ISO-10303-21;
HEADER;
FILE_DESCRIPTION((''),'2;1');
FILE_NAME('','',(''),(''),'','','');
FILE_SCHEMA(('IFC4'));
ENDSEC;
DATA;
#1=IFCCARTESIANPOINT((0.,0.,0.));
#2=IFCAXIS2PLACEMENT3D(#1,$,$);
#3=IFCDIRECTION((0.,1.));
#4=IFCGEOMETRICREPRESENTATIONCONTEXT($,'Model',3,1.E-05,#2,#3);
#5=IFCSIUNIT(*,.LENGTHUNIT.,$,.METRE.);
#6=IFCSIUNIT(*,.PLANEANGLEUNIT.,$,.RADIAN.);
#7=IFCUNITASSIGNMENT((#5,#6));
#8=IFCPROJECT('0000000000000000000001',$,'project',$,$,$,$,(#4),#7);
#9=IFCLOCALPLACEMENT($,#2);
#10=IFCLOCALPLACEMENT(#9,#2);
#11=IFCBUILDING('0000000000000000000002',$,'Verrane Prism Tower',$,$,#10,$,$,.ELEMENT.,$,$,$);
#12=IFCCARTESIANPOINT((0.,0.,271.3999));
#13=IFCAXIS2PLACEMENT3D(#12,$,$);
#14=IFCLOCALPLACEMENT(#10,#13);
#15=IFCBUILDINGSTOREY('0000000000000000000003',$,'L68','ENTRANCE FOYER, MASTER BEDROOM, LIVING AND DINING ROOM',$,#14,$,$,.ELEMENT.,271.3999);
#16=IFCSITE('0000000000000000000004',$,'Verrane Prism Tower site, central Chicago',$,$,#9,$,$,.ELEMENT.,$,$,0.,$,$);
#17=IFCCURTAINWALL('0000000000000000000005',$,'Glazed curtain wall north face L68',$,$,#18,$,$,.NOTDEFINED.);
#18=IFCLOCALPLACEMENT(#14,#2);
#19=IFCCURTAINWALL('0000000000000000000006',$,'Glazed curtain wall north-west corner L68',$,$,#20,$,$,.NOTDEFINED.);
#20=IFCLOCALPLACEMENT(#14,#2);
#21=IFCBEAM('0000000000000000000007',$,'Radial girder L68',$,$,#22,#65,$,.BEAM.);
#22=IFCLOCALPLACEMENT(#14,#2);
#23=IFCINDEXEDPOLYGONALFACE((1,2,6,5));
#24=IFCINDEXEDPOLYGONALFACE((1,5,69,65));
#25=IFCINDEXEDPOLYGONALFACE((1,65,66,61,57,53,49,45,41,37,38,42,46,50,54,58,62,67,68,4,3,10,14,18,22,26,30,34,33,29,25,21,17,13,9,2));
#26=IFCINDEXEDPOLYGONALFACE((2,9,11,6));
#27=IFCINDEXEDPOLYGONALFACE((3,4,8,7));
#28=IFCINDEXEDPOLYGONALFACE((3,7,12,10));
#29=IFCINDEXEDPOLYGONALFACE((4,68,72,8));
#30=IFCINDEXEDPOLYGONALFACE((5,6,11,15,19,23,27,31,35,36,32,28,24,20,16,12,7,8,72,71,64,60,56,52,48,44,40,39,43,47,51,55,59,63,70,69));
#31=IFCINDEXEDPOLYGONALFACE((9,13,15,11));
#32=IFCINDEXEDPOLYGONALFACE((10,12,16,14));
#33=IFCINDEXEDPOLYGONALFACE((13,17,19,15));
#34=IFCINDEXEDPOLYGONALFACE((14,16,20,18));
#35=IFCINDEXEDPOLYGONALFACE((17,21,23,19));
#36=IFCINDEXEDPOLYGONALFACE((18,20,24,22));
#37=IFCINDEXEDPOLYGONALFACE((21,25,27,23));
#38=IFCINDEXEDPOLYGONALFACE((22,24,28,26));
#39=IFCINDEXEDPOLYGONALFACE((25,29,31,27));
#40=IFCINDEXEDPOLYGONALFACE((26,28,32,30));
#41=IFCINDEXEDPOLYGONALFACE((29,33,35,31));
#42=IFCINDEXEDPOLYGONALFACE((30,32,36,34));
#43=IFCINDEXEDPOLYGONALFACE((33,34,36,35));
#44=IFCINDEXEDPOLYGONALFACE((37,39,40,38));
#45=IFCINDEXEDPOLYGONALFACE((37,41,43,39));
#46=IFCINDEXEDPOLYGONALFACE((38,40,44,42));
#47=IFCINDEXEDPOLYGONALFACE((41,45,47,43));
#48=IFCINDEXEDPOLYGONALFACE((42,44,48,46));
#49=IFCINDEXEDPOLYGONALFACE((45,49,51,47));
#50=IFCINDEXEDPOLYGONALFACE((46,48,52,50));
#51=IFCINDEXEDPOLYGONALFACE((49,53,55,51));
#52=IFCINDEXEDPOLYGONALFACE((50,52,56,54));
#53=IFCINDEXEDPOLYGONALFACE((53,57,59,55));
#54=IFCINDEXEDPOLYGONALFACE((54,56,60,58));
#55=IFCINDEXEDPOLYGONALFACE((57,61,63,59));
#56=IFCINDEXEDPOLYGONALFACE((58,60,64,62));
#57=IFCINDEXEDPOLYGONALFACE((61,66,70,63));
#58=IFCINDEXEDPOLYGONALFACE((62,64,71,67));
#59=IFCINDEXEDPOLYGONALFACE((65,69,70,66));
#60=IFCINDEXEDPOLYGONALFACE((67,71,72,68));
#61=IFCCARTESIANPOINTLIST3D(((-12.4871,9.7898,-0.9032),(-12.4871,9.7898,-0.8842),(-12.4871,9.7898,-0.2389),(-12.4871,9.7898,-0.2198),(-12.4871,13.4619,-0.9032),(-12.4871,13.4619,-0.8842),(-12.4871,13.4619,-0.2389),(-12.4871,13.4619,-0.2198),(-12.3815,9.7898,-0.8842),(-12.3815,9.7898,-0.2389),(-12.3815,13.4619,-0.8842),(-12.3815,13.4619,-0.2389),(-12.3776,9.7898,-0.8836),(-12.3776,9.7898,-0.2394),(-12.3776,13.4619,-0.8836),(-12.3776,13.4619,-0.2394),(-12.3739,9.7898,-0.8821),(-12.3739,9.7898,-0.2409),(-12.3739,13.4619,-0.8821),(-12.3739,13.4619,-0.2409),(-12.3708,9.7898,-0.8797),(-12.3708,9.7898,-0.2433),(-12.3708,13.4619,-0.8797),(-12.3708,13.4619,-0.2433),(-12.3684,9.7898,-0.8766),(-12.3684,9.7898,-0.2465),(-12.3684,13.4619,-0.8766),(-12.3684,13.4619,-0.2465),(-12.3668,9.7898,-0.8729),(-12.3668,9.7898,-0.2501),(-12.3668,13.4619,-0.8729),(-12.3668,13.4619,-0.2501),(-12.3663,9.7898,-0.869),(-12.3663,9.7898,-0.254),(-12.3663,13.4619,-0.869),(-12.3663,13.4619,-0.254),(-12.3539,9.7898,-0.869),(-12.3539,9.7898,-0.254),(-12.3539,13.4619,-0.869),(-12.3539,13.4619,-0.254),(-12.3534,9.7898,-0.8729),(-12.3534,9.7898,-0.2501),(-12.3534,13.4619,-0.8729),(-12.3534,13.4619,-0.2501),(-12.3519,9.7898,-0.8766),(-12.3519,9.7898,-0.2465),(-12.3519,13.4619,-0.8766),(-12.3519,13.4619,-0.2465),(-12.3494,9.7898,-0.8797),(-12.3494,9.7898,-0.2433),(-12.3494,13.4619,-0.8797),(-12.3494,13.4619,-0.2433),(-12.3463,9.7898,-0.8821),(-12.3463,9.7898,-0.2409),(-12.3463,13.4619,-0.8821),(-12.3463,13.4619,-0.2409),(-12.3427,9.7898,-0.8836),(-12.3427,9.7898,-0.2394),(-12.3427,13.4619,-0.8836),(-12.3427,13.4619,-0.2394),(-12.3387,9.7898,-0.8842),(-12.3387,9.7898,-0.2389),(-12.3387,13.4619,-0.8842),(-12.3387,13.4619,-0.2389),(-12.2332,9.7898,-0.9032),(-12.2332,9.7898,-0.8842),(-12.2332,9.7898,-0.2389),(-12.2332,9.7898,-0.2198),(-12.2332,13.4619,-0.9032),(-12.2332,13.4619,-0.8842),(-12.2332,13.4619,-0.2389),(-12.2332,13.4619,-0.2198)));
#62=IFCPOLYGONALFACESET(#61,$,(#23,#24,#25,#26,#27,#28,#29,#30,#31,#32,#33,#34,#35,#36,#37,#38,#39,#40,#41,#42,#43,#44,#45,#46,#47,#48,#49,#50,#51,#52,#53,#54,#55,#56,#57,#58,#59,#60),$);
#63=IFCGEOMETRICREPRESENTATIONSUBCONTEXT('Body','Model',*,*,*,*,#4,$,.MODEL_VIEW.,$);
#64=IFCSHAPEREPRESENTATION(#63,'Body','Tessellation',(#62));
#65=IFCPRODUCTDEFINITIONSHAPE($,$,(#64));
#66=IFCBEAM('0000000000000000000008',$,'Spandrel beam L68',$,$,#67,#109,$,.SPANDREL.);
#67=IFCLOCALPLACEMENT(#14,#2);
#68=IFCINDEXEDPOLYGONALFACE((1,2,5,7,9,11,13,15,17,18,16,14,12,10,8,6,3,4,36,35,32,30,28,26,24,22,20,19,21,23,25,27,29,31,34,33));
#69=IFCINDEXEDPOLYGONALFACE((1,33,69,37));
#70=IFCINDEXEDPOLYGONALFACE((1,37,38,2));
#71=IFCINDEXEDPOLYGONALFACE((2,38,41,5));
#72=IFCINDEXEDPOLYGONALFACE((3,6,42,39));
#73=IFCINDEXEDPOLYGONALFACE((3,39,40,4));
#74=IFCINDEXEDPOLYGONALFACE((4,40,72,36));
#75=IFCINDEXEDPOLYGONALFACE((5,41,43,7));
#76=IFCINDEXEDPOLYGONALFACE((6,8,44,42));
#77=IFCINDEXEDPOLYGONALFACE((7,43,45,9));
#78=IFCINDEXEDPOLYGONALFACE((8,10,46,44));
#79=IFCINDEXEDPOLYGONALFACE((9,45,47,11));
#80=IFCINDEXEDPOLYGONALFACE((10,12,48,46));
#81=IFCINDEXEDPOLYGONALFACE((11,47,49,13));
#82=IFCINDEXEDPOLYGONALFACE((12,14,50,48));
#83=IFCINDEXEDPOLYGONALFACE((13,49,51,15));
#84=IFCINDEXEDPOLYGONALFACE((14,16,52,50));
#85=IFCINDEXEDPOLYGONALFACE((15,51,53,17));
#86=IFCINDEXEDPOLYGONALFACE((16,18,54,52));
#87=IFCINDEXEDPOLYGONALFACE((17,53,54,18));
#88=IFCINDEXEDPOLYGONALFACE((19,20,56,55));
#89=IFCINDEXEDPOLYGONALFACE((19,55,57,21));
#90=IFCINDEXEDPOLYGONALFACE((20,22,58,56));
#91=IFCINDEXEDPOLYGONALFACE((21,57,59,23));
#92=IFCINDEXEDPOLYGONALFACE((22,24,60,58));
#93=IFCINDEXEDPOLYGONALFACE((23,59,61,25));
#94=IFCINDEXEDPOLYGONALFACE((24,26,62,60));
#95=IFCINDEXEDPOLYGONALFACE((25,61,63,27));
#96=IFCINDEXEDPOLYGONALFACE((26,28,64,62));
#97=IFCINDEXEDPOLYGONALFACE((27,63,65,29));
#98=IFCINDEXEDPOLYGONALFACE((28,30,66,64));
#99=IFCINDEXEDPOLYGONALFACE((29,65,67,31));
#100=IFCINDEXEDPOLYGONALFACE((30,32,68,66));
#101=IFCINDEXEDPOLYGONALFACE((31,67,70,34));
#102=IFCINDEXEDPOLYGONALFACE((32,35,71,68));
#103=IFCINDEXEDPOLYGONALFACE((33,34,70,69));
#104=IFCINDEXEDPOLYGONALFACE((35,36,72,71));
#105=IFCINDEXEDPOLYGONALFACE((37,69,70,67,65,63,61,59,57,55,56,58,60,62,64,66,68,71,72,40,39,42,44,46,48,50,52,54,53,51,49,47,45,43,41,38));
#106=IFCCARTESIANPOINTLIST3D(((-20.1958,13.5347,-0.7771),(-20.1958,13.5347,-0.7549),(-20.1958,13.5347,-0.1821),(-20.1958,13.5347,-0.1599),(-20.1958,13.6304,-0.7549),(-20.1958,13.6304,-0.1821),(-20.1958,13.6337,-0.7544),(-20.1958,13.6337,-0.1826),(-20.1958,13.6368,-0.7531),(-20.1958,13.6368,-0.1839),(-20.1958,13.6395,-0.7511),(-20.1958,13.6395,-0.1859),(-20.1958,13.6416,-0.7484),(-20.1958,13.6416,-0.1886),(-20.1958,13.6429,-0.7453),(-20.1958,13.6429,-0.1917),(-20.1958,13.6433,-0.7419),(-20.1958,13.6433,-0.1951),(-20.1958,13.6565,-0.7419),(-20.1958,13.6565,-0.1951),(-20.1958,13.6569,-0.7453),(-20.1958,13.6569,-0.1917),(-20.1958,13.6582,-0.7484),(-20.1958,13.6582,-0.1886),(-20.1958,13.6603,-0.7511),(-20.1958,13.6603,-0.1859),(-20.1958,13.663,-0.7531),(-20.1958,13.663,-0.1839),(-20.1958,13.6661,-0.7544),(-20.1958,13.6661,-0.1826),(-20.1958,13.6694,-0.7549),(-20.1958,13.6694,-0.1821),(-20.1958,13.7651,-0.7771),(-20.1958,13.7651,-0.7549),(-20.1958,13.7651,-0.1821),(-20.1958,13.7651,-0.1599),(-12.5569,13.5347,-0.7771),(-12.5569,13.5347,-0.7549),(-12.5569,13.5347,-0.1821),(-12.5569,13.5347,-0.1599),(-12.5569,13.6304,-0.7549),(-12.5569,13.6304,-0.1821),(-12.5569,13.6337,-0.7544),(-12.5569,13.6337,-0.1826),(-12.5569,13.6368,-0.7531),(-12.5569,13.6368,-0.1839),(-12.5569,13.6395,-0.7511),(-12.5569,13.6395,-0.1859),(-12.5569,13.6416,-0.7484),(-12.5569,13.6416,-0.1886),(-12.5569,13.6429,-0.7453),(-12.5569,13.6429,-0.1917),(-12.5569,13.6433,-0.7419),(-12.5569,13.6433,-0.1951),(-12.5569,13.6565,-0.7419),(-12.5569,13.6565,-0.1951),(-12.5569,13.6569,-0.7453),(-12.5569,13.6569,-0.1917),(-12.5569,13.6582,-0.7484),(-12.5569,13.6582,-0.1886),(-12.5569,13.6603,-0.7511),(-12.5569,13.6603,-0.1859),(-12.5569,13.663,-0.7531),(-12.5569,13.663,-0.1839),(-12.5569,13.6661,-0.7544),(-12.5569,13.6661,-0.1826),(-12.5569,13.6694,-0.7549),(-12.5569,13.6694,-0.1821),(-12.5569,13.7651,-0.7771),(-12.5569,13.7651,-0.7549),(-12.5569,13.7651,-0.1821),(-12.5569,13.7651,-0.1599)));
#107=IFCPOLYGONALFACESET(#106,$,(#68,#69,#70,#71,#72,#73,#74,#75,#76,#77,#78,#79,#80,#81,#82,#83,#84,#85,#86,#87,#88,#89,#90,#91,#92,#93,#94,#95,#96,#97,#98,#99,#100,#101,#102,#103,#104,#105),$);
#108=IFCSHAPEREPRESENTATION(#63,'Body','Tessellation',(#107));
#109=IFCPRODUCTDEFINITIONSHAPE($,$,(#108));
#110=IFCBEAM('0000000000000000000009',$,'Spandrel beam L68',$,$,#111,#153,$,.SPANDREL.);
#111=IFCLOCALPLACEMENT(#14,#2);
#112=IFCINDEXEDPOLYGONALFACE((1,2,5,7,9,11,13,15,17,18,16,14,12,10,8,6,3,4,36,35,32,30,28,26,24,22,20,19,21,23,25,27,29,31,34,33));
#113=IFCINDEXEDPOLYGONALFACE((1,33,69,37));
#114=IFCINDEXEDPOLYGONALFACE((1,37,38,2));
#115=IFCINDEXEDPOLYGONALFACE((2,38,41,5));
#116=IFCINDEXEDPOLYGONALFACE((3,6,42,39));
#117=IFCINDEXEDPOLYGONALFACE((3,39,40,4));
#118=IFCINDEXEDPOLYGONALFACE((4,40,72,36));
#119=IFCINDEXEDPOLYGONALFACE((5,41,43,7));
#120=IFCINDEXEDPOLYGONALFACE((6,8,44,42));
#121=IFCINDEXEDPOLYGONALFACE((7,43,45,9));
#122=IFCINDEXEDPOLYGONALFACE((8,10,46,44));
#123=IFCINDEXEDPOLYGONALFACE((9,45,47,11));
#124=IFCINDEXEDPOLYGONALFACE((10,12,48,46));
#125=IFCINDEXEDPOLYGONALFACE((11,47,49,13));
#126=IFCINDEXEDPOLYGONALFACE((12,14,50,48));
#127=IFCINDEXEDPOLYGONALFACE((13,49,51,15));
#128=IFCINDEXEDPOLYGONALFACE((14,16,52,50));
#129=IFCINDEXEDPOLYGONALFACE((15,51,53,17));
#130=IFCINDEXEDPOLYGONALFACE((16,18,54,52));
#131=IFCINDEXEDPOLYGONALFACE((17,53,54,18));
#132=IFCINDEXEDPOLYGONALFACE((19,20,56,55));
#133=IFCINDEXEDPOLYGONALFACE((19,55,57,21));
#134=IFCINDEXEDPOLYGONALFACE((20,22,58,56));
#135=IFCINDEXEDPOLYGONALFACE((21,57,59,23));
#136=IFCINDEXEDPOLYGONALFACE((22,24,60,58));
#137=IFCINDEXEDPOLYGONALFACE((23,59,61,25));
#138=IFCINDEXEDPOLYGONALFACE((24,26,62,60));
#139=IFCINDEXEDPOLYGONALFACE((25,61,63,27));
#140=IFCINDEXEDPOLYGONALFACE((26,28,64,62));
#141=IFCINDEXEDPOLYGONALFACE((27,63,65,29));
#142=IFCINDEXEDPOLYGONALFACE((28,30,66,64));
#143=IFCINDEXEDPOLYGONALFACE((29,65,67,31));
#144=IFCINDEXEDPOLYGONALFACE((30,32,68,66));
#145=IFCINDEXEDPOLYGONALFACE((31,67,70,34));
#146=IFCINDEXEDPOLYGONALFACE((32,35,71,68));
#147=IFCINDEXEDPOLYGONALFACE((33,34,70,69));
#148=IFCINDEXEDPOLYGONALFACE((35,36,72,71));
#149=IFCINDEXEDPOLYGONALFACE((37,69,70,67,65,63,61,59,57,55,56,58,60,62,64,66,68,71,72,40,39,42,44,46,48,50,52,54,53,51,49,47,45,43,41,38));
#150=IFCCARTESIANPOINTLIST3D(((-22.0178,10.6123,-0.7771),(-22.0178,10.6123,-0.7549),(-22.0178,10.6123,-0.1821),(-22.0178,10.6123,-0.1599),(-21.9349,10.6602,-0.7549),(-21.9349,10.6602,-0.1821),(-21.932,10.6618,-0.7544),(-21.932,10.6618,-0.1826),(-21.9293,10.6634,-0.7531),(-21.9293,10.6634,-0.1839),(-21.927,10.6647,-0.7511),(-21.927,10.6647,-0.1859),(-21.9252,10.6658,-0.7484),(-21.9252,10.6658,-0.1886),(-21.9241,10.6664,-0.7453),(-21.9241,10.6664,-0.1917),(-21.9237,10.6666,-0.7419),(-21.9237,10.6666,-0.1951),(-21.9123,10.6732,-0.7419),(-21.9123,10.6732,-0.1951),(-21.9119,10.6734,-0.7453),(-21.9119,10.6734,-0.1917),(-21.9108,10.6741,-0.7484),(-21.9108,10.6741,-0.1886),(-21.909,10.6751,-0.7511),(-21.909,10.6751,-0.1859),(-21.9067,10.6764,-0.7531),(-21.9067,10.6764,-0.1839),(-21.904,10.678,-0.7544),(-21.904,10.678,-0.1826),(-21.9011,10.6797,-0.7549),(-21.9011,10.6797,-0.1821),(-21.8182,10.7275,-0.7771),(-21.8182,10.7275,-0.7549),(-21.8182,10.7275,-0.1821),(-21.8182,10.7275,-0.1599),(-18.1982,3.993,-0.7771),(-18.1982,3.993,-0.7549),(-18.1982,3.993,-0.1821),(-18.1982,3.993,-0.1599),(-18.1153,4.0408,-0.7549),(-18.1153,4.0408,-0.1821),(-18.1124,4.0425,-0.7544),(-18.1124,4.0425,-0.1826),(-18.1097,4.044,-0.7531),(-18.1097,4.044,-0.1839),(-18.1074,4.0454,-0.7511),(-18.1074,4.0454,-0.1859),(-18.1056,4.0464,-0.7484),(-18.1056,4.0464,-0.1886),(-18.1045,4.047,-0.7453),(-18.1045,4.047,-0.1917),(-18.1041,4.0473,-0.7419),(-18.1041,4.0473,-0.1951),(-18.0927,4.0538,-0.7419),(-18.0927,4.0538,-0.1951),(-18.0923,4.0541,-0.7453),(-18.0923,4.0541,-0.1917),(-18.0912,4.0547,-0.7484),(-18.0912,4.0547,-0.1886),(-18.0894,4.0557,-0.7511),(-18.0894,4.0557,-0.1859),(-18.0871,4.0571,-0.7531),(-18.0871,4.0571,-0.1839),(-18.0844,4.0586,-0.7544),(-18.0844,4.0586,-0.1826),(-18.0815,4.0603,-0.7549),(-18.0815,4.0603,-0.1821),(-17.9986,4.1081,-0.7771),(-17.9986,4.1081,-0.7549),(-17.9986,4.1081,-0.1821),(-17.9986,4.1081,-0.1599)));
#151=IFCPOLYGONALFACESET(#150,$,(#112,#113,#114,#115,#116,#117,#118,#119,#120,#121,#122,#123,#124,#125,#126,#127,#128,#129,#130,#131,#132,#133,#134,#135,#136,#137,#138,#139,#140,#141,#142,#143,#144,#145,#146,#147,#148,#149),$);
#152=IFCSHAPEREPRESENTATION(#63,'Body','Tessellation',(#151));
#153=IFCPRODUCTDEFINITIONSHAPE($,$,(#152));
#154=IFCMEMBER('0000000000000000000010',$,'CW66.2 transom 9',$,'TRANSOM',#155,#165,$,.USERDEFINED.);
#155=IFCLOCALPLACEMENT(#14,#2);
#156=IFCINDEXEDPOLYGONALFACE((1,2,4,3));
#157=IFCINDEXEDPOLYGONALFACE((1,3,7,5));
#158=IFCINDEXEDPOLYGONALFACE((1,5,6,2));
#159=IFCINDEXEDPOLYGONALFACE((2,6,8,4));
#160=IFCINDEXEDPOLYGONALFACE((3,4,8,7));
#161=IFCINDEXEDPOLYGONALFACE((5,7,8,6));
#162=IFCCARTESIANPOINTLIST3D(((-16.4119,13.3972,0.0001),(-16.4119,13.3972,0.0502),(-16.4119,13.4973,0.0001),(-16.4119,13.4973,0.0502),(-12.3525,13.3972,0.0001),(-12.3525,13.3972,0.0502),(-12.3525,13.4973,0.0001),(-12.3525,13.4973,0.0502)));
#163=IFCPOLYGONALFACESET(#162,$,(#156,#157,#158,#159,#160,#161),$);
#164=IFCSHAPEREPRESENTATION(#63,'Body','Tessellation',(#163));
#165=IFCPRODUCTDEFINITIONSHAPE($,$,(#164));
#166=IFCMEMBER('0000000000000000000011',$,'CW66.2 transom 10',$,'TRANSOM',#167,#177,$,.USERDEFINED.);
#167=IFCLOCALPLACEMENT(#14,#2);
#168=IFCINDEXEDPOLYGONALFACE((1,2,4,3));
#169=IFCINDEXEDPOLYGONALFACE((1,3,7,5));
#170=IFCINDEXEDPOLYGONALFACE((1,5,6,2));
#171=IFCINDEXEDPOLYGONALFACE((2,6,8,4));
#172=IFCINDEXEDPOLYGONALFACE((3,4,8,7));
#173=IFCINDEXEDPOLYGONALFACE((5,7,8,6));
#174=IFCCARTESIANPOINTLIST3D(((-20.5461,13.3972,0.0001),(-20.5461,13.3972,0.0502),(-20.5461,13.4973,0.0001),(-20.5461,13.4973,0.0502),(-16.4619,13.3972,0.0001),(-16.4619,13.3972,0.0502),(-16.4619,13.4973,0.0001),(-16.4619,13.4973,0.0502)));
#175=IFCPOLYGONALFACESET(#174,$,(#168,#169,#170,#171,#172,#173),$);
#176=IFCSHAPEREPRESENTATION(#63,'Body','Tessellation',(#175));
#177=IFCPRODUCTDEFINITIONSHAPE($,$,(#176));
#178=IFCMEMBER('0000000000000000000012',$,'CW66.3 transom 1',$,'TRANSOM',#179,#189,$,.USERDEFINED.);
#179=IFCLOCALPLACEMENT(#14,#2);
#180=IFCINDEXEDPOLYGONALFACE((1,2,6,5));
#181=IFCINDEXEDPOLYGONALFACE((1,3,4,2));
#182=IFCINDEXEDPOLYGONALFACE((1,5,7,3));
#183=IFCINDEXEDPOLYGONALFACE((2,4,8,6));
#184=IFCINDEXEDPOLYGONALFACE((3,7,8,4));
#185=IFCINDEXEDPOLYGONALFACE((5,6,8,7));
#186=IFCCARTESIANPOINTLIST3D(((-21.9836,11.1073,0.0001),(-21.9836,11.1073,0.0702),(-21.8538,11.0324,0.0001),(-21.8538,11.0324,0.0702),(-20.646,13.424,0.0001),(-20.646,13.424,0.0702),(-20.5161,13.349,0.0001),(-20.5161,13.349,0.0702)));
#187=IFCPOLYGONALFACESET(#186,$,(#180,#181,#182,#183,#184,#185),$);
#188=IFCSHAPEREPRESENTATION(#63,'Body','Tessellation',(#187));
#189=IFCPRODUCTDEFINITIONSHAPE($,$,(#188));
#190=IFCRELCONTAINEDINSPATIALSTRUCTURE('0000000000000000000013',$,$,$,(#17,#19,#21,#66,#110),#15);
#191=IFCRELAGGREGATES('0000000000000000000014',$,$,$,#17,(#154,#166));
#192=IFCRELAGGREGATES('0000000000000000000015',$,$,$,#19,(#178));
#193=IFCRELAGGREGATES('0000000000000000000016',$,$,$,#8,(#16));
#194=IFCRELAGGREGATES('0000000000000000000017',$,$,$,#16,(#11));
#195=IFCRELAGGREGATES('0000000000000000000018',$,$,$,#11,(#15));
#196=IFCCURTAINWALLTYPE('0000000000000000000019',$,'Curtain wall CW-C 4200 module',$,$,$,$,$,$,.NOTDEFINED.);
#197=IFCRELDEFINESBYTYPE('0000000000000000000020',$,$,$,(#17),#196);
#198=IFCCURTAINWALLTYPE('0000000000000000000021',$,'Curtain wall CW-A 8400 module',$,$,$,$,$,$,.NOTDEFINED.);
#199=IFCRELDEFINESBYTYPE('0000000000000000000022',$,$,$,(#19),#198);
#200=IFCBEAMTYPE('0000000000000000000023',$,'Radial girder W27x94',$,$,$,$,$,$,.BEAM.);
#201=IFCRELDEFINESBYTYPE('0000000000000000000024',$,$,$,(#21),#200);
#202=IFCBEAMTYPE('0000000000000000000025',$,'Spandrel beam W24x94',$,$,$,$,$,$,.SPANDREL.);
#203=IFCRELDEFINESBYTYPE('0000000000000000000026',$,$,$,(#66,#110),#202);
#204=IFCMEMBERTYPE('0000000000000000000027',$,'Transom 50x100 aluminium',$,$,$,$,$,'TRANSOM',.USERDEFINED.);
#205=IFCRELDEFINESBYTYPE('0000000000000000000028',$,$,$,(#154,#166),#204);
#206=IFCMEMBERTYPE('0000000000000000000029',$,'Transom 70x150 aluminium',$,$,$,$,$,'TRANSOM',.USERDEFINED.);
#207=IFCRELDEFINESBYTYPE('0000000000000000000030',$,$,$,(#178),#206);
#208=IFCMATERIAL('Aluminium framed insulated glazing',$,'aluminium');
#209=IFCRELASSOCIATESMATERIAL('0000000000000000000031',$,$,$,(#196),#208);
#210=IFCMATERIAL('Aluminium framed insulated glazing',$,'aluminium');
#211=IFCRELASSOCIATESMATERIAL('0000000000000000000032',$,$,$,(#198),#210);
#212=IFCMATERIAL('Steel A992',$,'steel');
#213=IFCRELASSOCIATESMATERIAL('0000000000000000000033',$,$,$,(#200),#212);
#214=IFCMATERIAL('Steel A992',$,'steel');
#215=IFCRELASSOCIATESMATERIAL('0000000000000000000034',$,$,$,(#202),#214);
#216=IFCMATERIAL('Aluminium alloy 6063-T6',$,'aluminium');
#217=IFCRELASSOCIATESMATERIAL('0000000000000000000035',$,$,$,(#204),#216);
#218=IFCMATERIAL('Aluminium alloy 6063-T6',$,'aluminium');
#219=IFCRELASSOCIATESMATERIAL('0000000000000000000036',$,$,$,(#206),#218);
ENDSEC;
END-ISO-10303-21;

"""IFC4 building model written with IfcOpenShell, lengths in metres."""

from ifc_helpers import new_model, si_unit, direction, frame, origin, origin_2d, place, context, subcontext, project, spatial, rectangle, i_section, extrude, material, material_profile, profile_set, type_object, element, aggregate, save


model = new_model("IFC4")

# Units and contexts
model_context = context("Model", 3, precision=1e-05, world=origin(), true_north=direction((0.0, 1.0)))
body_context = subcontext(model_context, "Body", "Model", "MODEL_VIEW")
ifc_project = project(units=[si_unit("LENGTHUNIT", "METRE"), si_unit("PLANEANGLEUNIT", "RADIAN")], contexts=[model_context])

# Site, building, storey
site_placement = place(None, origin())
site = spatial("IfcSite", under=ifc_project, at=site_placement, Name="Verrane Prism Tower site, central Chicago", CompositionType="ELEMENT", RefElevation=0.0)
building_placement = place(site_placement, origin())
building = spatial("IfcBuilding", under=site, at=building_placement, Name="Verrane Prism Tower", CompositionType="ELEMENT")
storey_placement = place(building_placement, frame((0.0, 0.0, 271.3999)))
storey = spatial("IfcBuildingStorey", under=building, at=storey_placement, Name="L68", Description="ENTRANCE FOYER, MASTER BEDROOM, LIVING AND DINING ROOM", CompositionType="ELEMENT", Elevation=271.3999)

# Curtain walls
ifc_material_1 = material(Name="Aluminium framed insulated glazing", Category="aluminium")
curtain_wall_type_1 = type_object("IfcCurtainWallType", Name="Curtain wall CW-C 4200 module", PredefinedType="NOTDEFINED", material=ifc_material_1)
curtain_wall_1_placement = place(storey_placement, origin())
curtain_wall_1 = element("IfcCurtainWall", 1, at=curtain_wall_1_placement, inside=storey, type_object=curtain_wall_type_1, Name="Glazed curtain wall north face L68", PredefinedType="NOTDEFINED")
ifc_material_2 = material(Name="Aluminium framed insulated glazing", Category="aluminium")
curtain_wall_type_2 = type_object("IfcCurtainWallType", Name="Curtain wall CW-A 8400 module", PredefinedType="NOTDEFINED", material=ifc_material_2)
curtain_wall_2_placement = place(storey_placement, origin())
curtain_wall_2 = element("IfcCurtainWall", 2, at=curtain_wall_2_placement, inside=storey, type_object=curtain_wall_type_2, Name="Glazed curtain wall north-west corner L68", PredefinedType="NOTDEFINED")

# Beams
ifc_material_3 = material(Name="Steel A992", Category="steel")
ifc_material_profile_1 = material_profile(ifc_material_3, i_section(OverallWidth=0.2539, OverallDepth=0.6833, WebThickness=0.0125, FlangeThickness=0.019, FilletRadius=0.0151, at=origin_2d()), Name="W27x94")
ifc_profile_set_1 = profile_set([ifc_material_profile_1], Name="Steel A992")
beam_type_1 = type_object("IfcBeamType", Name="Radial girder W27x94", PredefinedType="BEAM", material=ifc_profile_set_1)
beam_1_placement = place(storey_placement, frame((-12.3601, 13.4619, -0.5615), z_axis=(0.0, -1.0, 0.0), x_axis=(1.0, 0.0, 0.0)))
element("IfcBeam", 3, at=beam_1_placement, inside=storey, type_object=beam_type_1, Name="Radial girder L68", PredefinedType="BEAM", context=body_context, shape_type="SweptSolid", body=[
    extrude(i_section(OverallWidth=0.2539, OverallDepth=0.6833, WebThickness=0.0125, FlangeThickness=0.019, FilletRadius=0.0151, at=origin_2d()), origin(), (0.0, 0.0, 1.0), 3.6721),
])
ifc_material_4 = material(Name="Steel A992", Category="steel")
ifc_material_profile_2 = material_profile(ifc_material_4, i_section(OverallWidth=0.2305, OverallDepth=0.6172, WebThickness=0.0132, FlangeThickness=0.0222, FilletRadius=0.0129, at=origin_2d()), Name="W24x94")
ifc_profile_set_2 = profile_set([ifc_material_profile_2], Name="Steel A992")
beam_type_2 = type_object("IfcBeamType", Name="Spandrel beam W24x94", PredefinedType="SPANDREL", material=ifc_profile_set_2)
beam_2_placement = place(storey_placement, frame((-12.5569, 13.6499, -0.4685), z_axis=(-1.0, 0.0, 0.0), x_axis=(0.0, -1.0, 0.0)))
element("IfcBeam", 4, at=beam_2_placement, inside=storey, type_object=beam_type_2, Name="Spandrel beam L68", PredefinedType="SPANDREL", context=body_context, shape_type="SweptSolid", body=[
    extrude(i_section(OverallWidth=0.2305, OverallDepth=0.6172, WebThickness=0.0132, FlangeThickness=0.0222, FilletRadius=0.0129, at=origin_2d()), origin(), (0.0, 0.0, 1.0), 7.6389),
])
beam_3_placement = place(storey_placement, frame((-21.918, 10.6699, -0.4685), z_axis=(0.499792, -0.866146, 0.0), x_axis=(0.866146, 0.499792, 0.0)))
element("IfcBeam", 5, at=beam_3_placement, inside=storey, type_object=beam_type_2, Name="Spandrel beam L68", PredefinedType="SPANDREL", context=body_context, shape_type="SweptSolid", body=[
    extrude(i_section(OverallWidth=0.2305, OverallDepth=0.6172, WebThickness=0.0132, FlangeThickness=0.0222, FilletRadius=0.0129, at=origin_2d()), origin(), (0.0, 0.0, 1.0), 7.6423),
])

# Members
ifc_material_5 = material(Name="Aluminium alloy 6063-T6", Category="aluminium")
ifc_material_profile_3 = material_profile(ifc_material_5, rectangle(XDim=0.1001, YDim=0.05, at=origin_2d()), Name="Transom 50x100 aluminium")
ifc_profile_set_3 = profile_set([ifc_material_profile_3], Name="Aluminium alloy 6063-T6")
member_type_1 = type_object("IfcMemberType", Name="Transom 50x100 aluminium", ElementType="TRANSOM", PredefinedType="USERDEFINED", material=ifc_profile_set_3)
member_1_placement = place(storey_placement, frame((-12.3525, 13.4473, 0.0251), z_axis=(-1.0, 0.0, 0.0), x_axis=(0.0, -1.0, 0.0)))
member_1 = element("IfcMember", 6, at=member_1_placement, type_object=member_type_1, Name="CW66.2 transom 9", ObjectType="TRANSOM", PredefinedType="USERDEFINED", context=body_context, shape_type="SweptSolid", body=[
    extrude(rectangle(XDim=0.1001, YDim=0.05, at=origin_2d()), origin(), (0.0, 0.0, 1.0), 4.0593),
])
member_2_placement = place(storey_placement, frame((-16.4619, 13.4473, 0.0251), z_axis=(-1.0, 0.0, 0.0), x_axis=(0.0, -1.0, 0.0)))
member_2 = element("IfcMember", 7, at=member_2_placement, type_object=member_type_1, Name="CW66.2 transom 10", ObjectType="TRANSOM", PredefinedType="USERDEFINED", context=body_context, shape_type="SweptSolid", body=[
    extrude(rectangle(XDim=0.1001, YDim=0.05, at=origin_2d()), origin(), (0.0, 0.0, 1.0), 4.0842),
])
ifc_material_6 = material(Name="Aluminium alloy 6063-T6", Category="aluminium")
ifc_material_profile_4 = material_profile(ifc_material_6, rectangle(XDim=0.1499, YDim=0.0701, at=origin_2d()), Name="Transom 70x150 aluminium")
ifc_profile_set_4 = profile_set([ifc_material_profile_4], Name="Aluminium alloy 6063-T6")
member_type_2 = type_object("IfcMemberType", Name="Transom 70x150 aluminium", ElementType="TRANSOM", PredefinedType="USERDEFINED", material=ifc_profile_set_4)
member_3_placement = place(storey_placement, frame((-20.5811, 13.3865, 0.0352), z_axis=(-0.500036, -0.866005, 0.0), x_axis=(0.866005, -0.500036, 0.0)))
member_3 = element("IfcMember", 8, at=member_3_placement, type_object=member_type_2, Name="CW66.3 transom 1", ObjectType="TRANSOM", PredefinedType="USERDEFINED", context=body_context, shape_type="SweptSolid", body=[
    extrude(rectangle(XDim=0.1499, YDim=0.0701, at=origin_2d()), origin(), (0.0, 0.0, 1.0), 2.675),
])

aggregate(curtain_wall_1, [member_1, member_2])
aggregate(curtain_wall_2, [member_3])

save(model, "model.ifc")
